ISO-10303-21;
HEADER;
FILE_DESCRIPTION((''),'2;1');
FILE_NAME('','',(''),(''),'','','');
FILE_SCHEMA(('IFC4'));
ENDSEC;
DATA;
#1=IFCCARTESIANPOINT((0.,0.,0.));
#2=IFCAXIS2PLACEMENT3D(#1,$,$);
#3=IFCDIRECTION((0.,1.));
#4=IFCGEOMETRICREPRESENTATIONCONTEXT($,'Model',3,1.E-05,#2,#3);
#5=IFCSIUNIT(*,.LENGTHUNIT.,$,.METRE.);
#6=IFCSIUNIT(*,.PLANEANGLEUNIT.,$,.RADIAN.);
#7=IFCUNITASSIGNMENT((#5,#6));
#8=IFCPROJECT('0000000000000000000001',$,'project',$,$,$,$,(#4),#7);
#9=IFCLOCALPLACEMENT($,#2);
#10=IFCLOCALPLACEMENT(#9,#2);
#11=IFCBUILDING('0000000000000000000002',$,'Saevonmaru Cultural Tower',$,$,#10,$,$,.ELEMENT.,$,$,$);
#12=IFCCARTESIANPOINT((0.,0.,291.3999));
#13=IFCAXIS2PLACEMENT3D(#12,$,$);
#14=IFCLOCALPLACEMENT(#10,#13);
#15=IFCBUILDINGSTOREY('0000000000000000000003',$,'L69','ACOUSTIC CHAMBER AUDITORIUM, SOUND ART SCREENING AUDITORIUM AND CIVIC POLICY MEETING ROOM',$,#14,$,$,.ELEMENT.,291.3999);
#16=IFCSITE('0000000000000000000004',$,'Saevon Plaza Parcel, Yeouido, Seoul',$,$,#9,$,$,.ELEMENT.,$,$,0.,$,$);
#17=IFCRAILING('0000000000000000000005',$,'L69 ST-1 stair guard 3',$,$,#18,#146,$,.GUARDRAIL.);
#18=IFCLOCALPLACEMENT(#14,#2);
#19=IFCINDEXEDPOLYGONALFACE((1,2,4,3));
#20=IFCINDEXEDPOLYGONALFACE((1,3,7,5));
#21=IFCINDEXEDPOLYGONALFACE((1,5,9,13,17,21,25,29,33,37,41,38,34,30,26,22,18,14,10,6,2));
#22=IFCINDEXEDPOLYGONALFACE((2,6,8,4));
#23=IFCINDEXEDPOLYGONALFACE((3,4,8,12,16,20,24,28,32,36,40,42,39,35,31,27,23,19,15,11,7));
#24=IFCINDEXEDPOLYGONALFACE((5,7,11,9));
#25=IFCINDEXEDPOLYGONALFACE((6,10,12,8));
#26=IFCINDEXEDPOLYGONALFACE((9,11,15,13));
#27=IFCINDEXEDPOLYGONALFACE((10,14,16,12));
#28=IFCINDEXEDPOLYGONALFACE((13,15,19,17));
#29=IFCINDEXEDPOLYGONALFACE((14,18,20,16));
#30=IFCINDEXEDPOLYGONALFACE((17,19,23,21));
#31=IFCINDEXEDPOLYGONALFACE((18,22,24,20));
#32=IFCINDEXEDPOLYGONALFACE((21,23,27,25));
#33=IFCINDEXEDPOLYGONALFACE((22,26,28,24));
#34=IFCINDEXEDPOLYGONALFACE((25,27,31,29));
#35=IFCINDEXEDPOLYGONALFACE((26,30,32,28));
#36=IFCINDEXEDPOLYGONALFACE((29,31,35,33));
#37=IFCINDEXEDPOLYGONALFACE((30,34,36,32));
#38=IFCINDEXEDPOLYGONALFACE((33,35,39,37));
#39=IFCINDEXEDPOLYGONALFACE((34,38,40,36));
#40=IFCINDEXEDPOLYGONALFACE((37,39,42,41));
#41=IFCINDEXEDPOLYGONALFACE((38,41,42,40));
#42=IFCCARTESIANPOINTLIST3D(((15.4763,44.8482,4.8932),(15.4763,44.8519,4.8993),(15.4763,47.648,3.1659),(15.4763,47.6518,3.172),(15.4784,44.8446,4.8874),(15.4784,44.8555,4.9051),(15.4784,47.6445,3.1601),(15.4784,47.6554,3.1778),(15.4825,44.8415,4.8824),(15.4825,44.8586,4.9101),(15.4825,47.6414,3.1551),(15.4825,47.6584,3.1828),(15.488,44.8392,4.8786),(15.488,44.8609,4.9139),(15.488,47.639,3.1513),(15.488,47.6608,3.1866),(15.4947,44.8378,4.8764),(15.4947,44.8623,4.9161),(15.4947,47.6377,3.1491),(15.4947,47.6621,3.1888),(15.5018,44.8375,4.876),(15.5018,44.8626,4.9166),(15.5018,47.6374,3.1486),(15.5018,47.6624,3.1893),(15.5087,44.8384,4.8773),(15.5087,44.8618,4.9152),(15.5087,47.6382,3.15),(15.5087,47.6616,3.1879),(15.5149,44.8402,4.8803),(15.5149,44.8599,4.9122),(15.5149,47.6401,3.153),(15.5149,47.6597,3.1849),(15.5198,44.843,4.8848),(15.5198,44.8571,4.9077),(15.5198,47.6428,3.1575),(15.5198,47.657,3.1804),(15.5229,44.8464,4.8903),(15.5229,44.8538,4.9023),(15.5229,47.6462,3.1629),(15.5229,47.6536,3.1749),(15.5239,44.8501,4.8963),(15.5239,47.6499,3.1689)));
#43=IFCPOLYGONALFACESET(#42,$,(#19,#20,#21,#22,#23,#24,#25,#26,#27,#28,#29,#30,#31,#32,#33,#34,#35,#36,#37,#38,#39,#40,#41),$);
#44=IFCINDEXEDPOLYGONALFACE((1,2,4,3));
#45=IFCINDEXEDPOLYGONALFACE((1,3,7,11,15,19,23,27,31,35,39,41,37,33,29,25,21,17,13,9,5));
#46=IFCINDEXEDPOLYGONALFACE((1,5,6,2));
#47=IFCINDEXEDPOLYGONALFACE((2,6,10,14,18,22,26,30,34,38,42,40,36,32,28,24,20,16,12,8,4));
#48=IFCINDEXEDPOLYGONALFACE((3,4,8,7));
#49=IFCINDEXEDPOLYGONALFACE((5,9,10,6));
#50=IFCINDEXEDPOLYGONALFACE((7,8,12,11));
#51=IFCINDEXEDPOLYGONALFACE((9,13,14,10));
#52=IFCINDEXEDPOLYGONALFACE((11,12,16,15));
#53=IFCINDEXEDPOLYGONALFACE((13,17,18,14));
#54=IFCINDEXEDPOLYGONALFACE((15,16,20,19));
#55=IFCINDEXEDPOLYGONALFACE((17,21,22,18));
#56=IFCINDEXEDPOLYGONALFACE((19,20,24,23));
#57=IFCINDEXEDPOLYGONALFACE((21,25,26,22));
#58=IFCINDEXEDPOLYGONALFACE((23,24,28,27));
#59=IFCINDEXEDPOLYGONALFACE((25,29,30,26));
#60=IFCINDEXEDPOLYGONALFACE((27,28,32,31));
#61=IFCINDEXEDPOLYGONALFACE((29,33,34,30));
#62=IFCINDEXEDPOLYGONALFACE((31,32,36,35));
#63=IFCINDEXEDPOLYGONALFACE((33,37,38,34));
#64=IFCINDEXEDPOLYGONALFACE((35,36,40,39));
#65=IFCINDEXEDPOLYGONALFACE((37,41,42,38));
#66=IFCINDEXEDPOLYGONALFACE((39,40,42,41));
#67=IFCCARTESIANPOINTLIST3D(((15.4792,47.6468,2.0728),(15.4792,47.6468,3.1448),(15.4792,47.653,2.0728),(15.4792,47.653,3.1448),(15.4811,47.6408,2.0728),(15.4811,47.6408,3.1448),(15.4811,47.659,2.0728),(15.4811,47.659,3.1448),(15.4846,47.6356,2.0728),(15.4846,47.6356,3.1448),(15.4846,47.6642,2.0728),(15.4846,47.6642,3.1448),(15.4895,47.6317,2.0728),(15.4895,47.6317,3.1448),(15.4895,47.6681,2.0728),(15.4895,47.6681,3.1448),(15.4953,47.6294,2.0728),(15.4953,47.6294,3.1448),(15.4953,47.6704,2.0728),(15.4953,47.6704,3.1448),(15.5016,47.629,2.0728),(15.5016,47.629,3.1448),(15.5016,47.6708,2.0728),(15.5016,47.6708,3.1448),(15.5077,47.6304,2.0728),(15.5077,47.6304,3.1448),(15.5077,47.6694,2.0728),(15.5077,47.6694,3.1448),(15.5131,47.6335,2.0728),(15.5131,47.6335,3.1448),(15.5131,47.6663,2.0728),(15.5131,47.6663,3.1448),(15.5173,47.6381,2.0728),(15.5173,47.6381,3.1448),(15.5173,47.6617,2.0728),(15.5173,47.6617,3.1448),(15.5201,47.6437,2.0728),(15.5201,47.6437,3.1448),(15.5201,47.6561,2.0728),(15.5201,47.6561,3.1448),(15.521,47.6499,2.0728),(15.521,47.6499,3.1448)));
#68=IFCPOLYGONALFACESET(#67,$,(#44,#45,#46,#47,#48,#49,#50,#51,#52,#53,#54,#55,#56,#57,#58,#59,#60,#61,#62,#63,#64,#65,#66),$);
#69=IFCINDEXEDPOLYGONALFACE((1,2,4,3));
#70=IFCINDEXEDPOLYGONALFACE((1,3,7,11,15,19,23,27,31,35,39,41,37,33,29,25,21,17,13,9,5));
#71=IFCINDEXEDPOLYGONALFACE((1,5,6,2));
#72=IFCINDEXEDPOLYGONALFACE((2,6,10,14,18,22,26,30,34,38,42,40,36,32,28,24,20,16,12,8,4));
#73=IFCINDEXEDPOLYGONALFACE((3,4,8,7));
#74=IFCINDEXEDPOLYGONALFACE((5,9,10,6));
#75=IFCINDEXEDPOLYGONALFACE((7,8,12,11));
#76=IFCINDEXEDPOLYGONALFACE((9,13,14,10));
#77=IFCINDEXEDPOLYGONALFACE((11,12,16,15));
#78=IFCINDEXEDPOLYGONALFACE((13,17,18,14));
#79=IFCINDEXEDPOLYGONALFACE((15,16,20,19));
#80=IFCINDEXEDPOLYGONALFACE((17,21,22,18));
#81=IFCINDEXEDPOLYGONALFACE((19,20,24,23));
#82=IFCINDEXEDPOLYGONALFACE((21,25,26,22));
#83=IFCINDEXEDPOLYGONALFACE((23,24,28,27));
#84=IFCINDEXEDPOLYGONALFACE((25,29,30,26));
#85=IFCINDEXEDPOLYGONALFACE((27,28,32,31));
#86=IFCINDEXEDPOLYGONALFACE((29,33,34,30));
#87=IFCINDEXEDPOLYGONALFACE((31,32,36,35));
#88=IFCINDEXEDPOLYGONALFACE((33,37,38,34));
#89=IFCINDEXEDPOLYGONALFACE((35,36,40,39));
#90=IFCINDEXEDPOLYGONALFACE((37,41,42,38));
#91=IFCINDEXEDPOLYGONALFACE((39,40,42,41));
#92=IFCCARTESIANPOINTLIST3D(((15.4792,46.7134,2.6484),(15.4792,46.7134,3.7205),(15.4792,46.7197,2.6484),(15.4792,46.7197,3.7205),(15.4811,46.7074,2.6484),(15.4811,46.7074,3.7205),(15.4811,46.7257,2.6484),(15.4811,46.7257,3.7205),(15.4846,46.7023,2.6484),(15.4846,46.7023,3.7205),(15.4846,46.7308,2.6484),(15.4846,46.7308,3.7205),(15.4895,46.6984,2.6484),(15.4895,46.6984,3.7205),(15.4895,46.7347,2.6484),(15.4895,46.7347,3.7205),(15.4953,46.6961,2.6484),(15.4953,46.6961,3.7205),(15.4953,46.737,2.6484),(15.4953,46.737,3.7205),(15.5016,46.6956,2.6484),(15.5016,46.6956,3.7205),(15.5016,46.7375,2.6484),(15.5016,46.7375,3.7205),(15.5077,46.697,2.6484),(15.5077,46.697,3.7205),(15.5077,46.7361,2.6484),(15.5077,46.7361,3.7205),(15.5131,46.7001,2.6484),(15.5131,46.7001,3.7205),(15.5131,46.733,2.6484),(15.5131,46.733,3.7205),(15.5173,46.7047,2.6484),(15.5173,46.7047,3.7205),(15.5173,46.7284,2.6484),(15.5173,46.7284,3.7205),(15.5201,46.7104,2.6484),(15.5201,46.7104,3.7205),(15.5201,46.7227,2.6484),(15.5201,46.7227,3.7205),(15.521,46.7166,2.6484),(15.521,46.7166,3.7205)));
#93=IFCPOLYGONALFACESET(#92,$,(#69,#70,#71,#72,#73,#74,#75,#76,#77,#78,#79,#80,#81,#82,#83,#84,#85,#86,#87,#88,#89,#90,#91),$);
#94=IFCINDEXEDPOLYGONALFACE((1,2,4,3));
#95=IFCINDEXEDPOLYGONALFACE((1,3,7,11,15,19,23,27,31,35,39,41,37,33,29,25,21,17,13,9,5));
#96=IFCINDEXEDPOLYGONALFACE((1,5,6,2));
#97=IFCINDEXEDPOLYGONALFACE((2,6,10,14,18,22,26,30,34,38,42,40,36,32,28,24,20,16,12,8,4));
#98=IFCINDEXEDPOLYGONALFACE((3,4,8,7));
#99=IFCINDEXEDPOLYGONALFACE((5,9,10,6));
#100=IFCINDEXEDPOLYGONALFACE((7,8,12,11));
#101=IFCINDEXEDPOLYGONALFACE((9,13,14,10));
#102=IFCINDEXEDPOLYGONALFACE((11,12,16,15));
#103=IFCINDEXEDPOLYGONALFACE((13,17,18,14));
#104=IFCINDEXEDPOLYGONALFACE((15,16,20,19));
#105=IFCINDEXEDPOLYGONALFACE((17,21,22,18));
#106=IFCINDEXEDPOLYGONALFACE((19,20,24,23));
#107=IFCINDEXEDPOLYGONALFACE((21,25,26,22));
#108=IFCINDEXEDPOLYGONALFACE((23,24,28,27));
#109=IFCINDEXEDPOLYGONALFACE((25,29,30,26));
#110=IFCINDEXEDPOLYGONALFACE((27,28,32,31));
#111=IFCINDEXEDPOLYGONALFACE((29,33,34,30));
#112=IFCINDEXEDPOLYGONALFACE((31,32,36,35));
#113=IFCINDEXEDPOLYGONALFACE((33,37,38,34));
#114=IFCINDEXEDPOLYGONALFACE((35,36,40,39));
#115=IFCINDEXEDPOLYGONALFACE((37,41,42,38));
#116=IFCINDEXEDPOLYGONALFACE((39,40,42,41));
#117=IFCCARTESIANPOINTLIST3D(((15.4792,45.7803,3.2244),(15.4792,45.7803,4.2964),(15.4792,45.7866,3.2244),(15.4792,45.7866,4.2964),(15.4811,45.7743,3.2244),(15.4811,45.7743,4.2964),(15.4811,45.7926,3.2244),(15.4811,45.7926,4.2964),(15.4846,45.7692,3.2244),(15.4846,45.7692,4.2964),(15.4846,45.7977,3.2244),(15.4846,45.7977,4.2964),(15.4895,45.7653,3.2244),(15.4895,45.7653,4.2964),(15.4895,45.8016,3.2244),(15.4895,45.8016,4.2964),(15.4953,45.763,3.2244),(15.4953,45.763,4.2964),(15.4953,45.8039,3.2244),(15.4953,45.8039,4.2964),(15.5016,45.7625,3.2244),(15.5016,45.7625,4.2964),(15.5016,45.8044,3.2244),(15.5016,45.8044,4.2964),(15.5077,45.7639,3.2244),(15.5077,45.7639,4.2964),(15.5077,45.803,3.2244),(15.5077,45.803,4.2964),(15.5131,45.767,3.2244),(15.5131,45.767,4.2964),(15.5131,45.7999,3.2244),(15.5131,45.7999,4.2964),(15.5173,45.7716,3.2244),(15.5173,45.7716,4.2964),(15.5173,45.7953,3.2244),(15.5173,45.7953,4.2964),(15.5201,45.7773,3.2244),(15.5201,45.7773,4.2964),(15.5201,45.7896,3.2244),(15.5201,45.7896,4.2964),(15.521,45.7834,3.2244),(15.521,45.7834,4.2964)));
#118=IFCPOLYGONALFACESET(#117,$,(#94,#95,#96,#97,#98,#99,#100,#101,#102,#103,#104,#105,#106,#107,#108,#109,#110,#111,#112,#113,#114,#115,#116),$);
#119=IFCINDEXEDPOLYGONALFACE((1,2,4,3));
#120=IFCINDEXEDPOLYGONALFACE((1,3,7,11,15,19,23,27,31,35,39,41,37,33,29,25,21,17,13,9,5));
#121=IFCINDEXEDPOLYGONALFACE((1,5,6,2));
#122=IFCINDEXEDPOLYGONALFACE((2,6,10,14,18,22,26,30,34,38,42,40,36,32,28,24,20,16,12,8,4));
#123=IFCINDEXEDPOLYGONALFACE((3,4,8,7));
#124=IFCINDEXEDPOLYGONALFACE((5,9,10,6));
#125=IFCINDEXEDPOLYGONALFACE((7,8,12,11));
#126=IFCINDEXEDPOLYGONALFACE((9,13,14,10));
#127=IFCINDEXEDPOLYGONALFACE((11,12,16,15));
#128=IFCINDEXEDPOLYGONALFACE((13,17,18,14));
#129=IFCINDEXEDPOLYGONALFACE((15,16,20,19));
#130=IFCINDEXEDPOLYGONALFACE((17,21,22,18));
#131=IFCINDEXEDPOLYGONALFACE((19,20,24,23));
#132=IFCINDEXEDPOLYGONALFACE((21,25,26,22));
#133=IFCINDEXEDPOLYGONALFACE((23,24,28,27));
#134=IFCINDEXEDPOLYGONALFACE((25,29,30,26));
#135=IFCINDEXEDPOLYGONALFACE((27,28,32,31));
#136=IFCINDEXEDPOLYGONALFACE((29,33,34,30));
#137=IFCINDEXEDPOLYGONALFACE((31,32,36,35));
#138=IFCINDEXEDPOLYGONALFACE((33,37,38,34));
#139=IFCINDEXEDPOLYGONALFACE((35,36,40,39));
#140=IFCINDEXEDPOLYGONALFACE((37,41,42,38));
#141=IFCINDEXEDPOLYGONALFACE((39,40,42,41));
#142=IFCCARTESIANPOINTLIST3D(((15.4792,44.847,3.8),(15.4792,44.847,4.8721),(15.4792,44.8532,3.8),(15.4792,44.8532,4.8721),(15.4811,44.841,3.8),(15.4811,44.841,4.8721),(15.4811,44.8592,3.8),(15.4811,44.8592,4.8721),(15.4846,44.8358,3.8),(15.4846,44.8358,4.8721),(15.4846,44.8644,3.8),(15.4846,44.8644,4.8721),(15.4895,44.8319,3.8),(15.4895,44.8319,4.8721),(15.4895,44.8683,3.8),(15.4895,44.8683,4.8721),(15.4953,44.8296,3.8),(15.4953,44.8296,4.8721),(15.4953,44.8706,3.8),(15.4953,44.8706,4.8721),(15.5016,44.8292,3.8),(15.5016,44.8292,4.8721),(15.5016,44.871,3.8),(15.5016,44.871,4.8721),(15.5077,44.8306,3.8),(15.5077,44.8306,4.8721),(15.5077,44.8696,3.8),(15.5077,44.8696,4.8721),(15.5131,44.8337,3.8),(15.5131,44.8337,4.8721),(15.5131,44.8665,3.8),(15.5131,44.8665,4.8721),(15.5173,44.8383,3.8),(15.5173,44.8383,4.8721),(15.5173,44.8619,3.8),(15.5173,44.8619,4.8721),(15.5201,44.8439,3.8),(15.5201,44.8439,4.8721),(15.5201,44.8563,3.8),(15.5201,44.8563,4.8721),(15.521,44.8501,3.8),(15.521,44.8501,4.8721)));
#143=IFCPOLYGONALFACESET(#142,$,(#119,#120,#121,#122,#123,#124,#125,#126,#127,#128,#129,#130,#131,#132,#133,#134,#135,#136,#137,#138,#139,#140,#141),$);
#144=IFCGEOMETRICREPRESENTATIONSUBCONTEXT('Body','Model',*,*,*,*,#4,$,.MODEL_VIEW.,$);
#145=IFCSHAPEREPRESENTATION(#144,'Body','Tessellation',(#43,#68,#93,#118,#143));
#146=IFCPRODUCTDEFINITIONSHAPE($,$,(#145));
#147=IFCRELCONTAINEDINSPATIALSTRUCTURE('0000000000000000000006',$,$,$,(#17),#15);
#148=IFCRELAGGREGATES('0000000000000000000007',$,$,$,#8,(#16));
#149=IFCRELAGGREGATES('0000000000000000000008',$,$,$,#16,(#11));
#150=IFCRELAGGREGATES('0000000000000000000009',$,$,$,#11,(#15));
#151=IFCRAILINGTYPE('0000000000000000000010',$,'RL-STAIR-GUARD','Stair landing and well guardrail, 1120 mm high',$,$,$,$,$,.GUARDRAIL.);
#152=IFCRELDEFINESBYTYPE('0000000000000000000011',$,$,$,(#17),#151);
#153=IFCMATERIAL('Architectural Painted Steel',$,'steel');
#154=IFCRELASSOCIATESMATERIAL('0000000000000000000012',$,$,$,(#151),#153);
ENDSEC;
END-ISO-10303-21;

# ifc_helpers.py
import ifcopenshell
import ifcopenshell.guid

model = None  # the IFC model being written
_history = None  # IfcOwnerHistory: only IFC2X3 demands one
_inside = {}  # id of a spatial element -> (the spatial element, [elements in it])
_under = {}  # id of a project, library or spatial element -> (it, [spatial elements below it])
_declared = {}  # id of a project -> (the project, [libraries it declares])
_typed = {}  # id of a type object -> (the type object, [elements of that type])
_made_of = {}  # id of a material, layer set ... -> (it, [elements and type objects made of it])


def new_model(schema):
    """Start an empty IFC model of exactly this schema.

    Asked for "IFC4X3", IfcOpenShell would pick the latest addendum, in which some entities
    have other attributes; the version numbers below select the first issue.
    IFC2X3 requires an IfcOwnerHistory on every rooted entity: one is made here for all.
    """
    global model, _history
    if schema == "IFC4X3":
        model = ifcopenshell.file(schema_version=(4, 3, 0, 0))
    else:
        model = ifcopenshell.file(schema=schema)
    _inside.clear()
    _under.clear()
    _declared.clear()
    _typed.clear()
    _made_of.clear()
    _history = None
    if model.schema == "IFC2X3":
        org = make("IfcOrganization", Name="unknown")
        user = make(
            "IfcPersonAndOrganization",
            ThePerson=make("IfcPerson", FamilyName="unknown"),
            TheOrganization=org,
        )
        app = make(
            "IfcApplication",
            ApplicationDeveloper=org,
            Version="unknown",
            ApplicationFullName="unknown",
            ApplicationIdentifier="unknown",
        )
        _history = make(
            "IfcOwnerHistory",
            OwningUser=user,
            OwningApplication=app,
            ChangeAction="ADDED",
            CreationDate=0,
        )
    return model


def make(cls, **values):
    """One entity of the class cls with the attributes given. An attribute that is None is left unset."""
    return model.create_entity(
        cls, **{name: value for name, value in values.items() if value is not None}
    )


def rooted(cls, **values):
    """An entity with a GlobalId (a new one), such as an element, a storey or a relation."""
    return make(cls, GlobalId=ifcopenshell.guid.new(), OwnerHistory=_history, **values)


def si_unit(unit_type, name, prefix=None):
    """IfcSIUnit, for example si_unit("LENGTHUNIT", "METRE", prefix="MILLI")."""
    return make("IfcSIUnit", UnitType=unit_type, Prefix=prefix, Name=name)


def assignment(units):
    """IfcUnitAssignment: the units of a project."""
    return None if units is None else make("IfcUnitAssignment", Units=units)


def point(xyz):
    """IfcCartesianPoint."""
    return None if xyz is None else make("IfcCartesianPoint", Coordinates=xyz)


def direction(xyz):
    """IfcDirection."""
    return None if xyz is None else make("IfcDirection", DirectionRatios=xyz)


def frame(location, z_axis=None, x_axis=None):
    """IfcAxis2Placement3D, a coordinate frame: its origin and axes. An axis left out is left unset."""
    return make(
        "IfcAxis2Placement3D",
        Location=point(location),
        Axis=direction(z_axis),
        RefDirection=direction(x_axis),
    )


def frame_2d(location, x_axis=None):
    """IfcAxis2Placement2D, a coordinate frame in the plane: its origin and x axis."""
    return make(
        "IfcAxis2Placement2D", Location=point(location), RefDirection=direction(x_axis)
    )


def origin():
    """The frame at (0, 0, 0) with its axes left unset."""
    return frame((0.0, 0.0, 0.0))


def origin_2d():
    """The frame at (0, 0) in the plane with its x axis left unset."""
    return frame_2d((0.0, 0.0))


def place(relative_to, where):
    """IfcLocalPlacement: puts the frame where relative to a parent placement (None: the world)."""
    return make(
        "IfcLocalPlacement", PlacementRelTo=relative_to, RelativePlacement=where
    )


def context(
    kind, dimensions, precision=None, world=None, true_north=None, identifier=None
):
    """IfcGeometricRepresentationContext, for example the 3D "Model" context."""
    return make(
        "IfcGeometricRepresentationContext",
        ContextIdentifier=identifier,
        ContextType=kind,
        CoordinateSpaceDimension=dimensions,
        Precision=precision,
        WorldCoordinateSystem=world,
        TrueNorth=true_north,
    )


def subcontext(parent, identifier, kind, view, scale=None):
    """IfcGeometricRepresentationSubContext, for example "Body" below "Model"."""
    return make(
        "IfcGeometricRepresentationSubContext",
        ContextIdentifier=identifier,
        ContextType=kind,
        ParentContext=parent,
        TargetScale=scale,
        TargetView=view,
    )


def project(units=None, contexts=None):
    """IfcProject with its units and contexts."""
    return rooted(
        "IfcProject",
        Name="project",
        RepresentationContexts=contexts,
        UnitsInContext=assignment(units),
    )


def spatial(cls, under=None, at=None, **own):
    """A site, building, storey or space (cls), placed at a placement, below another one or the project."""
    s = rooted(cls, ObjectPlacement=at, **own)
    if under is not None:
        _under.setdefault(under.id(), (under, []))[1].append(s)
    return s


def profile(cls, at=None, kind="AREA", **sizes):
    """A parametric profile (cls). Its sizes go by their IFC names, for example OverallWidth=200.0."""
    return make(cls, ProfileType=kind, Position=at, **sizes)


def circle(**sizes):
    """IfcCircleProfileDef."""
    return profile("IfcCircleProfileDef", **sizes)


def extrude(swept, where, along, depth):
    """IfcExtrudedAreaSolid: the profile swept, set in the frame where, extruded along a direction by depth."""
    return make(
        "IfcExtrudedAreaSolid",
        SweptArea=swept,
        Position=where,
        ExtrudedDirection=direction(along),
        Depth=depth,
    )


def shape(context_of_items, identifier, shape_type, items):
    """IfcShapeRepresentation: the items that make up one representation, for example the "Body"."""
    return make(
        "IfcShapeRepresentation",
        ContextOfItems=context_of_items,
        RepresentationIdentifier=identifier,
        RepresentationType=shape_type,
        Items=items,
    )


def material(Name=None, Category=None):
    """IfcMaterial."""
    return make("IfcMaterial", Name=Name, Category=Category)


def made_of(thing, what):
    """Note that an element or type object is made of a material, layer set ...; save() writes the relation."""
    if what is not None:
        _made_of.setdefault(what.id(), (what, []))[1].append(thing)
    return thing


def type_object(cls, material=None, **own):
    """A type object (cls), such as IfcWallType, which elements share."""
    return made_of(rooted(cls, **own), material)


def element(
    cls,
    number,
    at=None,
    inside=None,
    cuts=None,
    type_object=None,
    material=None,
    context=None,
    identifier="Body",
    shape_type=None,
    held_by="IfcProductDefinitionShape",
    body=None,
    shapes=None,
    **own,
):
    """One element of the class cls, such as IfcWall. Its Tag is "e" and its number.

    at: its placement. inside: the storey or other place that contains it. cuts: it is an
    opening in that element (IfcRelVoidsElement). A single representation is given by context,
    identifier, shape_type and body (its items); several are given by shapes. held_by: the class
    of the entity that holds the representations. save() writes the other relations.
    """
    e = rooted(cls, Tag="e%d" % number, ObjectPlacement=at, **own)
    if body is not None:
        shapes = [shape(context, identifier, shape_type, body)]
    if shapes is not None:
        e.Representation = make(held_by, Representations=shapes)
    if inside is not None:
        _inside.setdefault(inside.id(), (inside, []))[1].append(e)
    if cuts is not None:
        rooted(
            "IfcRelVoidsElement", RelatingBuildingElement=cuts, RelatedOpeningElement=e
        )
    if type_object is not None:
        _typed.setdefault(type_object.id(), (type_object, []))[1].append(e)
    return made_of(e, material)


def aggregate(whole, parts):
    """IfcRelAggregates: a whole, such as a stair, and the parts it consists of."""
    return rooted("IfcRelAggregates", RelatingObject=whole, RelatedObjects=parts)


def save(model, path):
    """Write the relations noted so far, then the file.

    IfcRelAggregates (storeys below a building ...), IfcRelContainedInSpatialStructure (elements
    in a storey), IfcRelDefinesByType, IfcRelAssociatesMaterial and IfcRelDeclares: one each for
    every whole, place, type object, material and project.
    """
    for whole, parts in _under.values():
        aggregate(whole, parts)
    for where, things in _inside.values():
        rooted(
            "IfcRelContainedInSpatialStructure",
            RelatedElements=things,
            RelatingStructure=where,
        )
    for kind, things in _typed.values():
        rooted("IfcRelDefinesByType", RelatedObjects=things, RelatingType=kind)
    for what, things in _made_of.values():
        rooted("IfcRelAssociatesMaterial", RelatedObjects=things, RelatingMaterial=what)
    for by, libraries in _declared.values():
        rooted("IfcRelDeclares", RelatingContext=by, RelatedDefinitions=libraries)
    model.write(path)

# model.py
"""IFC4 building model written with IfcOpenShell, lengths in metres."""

from ifc_helpers import new_model, si_unit, direction, frame, origin, origin_2d, place, context, subcontext, project, spatial, circle, extrude, material, type_object, element, save


model = new_model("IFC4")

# Units and contexts
model_context = context("Model", 3, precision=1e-05, world=origin(), true_north=direction((0.0, 1.0)))
body_context = subcontext(model_context, "Body", "Model", "MODEL_VIEW")
ifc_project = project(units=[si_unit("LENGTHUNIT", "METRE"), si_unit("PLANEANGLEUNIT", "RADIAN")], contexts=[model_context])

# Site, building, storey
site_placement = place(None, origin())
site = spatial("IfcSite", under=ifc_project, at=site_placement, Name="Saevon Plaza Parcel, Yeouido, Seoul", CompositionType="ELEMENT", RefElevation=0.0)
building_placement = place(site_placement, origin())
building = spatial("IfcBuilding", under=site, at=building_placement, Name="Saevonmaru Cultural Tower", CompositionType="ELEMENT")
storey_placement = place(building_placement, frame((0.0, 0.0, 291.3999)))
storey = spatial("IfcBuildingStorey", under=building, at=storey_placement, Name="L69", Description="ACOUSTIC CHAMBER AUDITORIUM, SOUND ART SCREENING AUDITORIUM AND CIVIC POLICY MEETING ROOM", CompositionType="ELEMENT", Elevation=291.3999)

# Railing
ifc_material_1 = material(Name="Architectural Painted Steel", Category="steel")
railing_type_1 = type_object("IfcRailingType", Name="RL-STAIR-GUARD", Description="Stair landing and well guardrail, 1120 mm high", PredefinedType="GUARDRAIL", material=ifc_material_1)
railing_1_placement = place(storey_placement, frame((15.5, 47.6499, 2.0728)))
element("IfcRailing", 1, at=railing_1_placement, inside=storey, type_object=railing_type_1, Name="L69 ST-1 stair guard 3", PredefinedType="GUARDRAIL", context=body_context, shape_type="SweptSolid", body=[
    extrude(circle(Radius=0.0239, at=origin_2d()), frame((0.0, 0.0, 1.0962), z_axis=(0.0, -0.851069, 0.525054), x_axis=(1.0, 0.0, 0.0)), (0.0, 0.0, 1.0), 3.2898),
    extrude(circle(Radius=0.021, at=origin_2d()), origin(), (0.0, 0.0, 1.0), 1.072),
    extrude(circle(Radius=0.021, at=origin_2d()), frame((0.0, -0.9333, 0.5757)), (0.0, 0.0, 1.0), 1.072),
    extrude(circle(Radius=0.021, at=origin_2d()), frame((0.0, -1.8665, 1.1516)), (0.0, 0.0, 1.0), 1.072),
    extrude(circle(Radius=0.021, at=origin_2d()), frame((0.0, -2.7998, 1.7273)), (0.0, 0.0, 1.0), 1.072),
])

save(model, "model.ifc")
